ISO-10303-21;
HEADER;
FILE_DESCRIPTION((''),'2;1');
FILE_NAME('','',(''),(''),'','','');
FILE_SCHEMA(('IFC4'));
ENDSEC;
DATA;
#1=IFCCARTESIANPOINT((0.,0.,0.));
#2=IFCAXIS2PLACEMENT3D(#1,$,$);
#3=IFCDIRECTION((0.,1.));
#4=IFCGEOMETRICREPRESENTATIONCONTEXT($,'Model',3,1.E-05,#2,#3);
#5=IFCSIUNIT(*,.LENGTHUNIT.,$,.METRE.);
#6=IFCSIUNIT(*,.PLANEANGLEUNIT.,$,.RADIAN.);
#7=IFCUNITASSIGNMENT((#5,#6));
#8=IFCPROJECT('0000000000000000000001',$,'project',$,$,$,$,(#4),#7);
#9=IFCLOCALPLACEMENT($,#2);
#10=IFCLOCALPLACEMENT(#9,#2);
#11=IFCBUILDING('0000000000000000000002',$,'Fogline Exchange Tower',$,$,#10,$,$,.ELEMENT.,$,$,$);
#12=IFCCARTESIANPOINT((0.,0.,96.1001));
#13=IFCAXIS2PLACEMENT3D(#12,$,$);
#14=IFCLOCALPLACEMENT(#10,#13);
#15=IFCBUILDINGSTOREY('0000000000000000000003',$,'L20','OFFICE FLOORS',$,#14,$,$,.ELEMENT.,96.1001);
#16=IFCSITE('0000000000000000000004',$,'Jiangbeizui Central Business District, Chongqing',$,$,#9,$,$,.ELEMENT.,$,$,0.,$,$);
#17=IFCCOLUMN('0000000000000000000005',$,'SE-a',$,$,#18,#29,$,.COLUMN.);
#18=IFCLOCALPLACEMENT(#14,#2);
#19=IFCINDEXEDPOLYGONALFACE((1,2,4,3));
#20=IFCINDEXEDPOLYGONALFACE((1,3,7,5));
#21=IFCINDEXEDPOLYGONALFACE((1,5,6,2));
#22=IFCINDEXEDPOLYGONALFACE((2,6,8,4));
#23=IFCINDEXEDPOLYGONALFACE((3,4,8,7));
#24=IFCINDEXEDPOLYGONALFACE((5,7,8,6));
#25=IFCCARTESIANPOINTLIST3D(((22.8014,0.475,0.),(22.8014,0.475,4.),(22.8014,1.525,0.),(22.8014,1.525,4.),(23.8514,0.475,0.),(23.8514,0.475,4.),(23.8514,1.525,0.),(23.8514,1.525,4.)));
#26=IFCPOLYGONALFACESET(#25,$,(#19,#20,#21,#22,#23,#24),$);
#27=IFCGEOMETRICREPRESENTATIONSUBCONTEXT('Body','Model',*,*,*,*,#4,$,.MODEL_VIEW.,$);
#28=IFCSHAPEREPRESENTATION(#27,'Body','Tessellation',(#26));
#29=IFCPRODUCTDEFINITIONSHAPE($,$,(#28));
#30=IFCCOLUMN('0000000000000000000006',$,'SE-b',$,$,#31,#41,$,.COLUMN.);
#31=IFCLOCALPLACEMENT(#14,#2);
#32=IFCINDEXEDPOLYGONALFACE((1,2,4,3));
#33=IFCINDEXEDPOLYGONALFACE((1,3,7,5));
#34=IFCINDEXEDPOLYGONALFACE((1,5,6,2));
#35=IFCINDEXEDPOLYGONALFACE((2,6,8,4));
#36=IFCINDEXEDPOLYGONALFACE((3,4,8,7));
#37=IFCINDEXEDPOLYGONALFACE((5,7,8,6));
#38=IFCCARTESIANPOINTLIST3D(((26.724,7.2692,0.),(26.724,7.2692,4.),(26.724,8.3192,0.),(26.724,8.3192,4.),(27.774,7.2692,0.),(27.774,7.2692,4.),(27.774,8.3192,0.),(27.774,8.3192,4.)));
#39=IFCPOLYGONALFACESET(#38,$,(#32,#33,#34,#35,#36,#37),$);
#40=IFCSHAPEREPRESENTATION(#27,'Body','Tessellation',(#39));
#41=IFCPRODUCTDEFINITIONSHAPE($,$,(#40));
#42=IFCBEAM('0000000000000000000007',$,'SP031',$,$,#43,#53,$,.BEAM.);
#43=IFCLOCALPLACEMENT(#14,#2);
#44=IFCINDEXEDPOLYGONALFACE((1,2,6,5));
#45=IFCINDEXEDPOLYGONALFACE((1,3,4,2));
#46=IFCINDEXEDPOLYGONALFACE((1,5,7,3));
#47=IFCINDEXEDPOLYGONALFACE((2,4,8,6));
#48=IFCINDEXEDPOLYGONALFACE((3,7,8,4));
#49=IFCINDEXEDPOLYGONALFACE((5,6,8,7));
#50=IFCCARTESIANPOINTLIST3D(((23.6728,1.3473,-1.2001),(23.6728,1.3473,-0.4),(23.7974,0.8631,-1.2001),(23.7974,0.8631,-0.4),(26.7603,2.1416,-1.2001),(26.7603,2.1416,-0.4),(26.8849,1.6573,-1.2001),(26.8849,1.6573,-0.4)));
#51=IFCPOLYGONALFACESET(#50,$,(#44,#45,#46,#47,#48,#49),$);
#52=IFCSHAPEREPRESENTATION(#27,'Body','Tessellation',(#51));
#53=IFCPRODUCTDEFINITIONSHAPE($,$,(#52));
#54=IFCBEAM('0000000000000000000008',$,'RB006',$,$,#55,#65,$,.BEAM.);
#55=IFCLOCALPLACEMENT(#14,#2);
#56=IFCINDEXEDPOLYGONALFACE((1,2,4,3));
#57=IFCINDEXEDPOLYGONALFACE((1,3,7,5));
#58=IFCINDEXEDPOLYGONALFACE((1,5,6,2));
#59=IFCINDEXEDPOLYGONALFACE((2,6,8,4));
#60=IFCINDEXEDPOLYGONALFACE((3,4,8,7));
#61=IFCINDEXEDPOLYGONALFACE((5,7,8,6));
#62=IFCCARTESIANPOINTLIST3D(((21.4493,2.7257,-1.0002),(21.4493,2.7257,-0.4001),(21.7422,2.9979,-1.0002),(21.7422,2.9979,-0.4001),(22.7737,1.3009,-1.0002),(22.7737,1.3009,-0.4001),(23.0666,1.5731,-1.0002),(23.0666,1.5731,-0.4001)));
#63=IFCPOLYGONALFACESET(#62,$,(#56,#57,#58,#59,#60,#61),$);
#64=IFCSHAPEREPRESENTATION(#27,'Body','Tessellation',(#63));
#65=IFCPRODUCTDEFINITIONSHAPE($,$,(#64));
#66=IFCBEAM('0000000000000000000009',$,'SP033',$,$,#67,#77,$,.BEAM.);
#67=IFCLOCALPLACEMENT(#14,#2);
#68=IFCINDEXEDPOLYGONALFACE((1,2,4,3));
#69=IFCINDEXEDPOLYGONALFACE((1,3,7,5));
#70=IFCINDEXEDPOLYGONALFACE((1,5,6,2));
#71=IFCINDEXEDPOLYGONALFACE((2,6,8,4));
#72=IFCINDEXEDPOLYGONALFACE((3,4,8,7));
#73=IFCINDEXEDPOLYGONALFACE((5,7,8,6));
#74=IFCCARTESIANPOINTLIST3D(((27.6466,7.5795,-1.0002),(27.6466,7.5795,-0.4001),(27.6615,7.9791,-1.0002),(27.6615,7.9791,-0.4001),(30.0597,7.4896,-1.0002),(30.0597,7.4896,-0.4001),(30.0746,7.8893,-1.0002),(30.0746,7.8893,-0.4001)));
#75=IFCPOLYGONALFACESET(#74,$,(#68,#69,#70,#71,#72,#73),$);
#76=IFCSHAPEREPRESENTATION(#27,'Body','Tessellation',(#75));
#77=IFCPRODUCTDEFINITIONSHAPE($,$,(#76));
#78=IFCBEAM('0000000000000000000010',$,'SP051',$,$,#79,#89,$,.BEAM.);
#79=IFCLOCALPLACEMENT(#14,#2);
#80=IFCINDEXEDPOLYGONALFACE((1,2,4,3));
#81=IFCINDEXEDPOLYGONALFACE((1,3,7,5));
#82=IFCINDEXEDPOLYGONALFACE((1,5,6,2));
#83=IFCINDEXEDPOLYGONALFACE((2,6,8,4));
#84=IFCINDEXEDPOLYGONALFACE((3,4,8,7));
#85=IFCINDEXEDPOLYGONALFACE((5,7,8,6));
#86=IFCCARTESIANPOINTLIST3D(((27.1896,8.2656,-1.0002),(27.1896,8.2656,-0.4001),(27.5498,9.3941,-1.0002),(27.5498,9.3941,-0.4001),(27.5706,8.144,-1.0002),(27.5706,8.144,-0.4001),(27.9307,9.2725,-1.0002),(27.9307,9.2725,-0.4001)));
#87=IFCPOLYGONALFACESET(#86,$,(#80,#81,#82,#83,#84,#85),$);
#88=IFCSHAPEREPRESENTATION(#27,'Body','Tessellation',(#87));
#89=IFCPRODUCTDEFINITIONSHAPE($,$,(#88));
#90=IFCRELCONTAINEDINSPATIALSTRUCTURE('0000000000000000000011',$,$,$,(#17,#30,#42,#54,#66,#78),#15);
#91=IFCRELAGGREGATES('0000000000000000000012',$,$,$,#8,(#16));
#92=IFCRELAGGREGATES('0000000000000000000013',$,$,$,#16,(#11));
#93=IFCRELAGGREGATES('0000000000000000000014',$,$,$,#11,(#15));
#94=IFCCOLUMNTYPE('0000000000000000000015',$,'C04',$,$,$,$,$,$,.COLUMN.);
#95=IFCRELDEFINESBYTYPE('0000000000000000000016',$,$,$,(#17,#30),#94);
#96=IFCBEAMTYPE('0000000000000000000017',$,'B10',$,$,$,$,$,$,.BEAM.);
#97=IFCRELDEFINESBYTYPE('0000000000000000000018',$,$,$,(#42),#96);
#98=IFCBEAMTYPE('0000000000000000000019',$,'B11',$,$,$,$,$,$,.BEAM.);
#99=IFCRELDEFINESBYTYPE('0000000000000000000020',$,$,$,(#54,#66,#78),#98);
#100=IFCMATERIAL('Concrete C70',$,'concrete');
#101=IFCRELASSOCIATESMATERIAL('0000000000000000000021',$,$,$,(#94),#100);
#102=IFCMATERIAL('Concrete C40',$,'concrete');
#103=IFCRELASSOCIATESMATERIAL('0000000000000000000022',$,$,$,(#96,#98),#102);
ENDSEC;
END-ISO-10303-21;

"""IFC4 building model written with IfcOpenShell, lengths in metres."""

from ifc_helpers import new_model, si_unit, direction, frame, origin, origin_2d, place, context, subcontext, project, spatial, rectangle, extrude, material, material_profile, profile_set, type_object, element, save


model = new_model("IFC4")

# Units and contexts
model_context = context("Model", 3, precision=1e-05, world=origin(), true_north=direction((0.0, 1.0)))
body_context = subcontext(model_context, "Body", "Model", "MODEL_VIEW")
ifc_project = project(units=[si_unit("LENGTHUNIT", "METRE"), si_unit("PLANEANGLEUNIT", "RADIAN")], contexts=[model_context])

# Site, building, storey
site_placement = place(None, origin())
site = spatial("IfcSite", under=ifc_project, at=site_placement, Name="Jiangbeizui Central Business District, Chongqing", CompositionType="ELEMENT", RefElevation=0.0)
building_placement = place(site_placement, origin())
building = spatial("IfcBuilding", under=site, at=building_placement, Name="Fogline Exchange Tower", CompositionType="ELEMENT")
storey_placement = place(building_placement, frame((0.0, 0.0, 96.1001)))
storey = spatial("IfcBuildingStorey", under=building, at=storey_placement, Name="L20", Description="OFFICE FLOORS", CompositionType="ELEMENT", Elevation=96.1001)

# Columns
ifc_material_1 = material(Name="Concrete C70", Category="concrete")
ifc_material_profile_1 = material_profile(ifc_material_1, rectangle(XDim=1.05, YDim=1.05, at=origin_2d()), Name="RC 1050x1050")
ifc_profile_set_1 = profile_set([ifc_material_profile_1], Name="Concrete C70")
column_type = type_object("IfcColumnType", Name="C04", PredefinedType="COLUMN", material=ifc_profile_set_1)
for number, where, z_axis, x_axis, name in (
    (1, (23.3264, 1.0, 0.0), (0.0, 0.0, 1.0), (1.0, 0.0, 0.0), "SE-a"),
    (2, (27.249, 7.7942, 0.0), (0.0, 0.0, 1.0), (1.0, 0.0, 0.0), "SE-b"),
):
    element("IfcColumn", number, at=place(storey_placement, frame(where, z_axis=z_axis, x_axis=x_axis)), inside=storey, type_object=column_type, Name=name, PredefinedType="COLUMN", context=body_context, shape_type="SweptSolid", body=[
        extrude(rectangle(XDim=1.05, YDim=1.05, at=origin_2d()), origin(), (0.0, 0.0, 1.0), 4.0),
    ])

# Beams
ifc_material_2 = material(Name="Concrete C40", Category="concrete")
ifc_material_profile_2 = material_profile(ifc_material_2, rectangle(XDim=0.5, YDim=0.8, at=origin_2d()), Name="RC 500x800")
ifc_profile_set_2 = profile_set([ifc_material_profile_2], Name="Concrete C40")
beam_type_1 = type_object("IfcBeamType", Name="B10", PredefinedType="BEAM", material=ifc_profile_set_2)
beam_1_placement = place(storey_placement, frame((23.7351, 1.1052, -0.8), z_axis=(0.968471, 0.249125, 0.0), x_axis=(-0.249125, 0.968471, 0.0)))
element("IfcBeam", 3, at=beam_1_placement, inside=storey, type_object=beam_type_1, Name="SP031", PredefinedType="BEAM", context=body_context, shape_type="SweptSolid", body=[
    extrude(rectangle(XDim=0.5, YDim=0.8, at=origin_2d()), origin(), (0.0, 0.0, 1.0), 3.188),
])
ifc_material_profile_3 = material_profile(ifc_material_2, rectangle(XDim=0.3999, YDim=0.6001, at=origin_2d()), Name="RC 400x600")
ifc_profile_set_3 = profile_set([ifc_material_profile_3], Name="Concrete C40")
beam_type_2 = type_object("IfcBeamType", Name="B11", PredefinedType="BEAM", material=ifc_profile_set_3)
beam_2_placement = place(storey_placement, frame((22.9202, 1.437, -0.7002), z_axis=(-0.680846, 0.732427, 0.0), x_axis=(-0.732427, -0.680846, 0.0)))
element("IfcBeam", 4, at=beam_2_placement, inside=storey, type_object=beam_type_2, Name="RB006", PredefinedType="BEAM", context=body_context, shape_type="SweptSolid", body=[
    extrude(rectangle(XDim=0.3999, YDim=0.6001, at=origin_2d()), origin(), (0.0, 0.0, 1.0), 1.9453),
])
beam_3_placement = place(storey_placement, frame((27.6541, 7.7793, -0.7002), z_axis=(0.999308, -0.037206, 0.0), x_axis=(0.037206, 0.999308, 0.0)))
element("IfcBeam", 5, at=beam_3_placement, inside=storey, type_object=beam_type_2, Name="SP033", PredefinedType="BEAM", context=body_context, shape_type="SweptSolid", body=[
    extrude(rectangle(XDim=0.3999, YDim=0.6001, at=origin_2d()), origin(), (0.0, 0.0, 1.0), 2.4148),
])
beam_4_placement = place(storey_placement, frame((27.3801, 8.2048, -0.7002), z_axis=(0.30402, 0.952666, 0.0), x_axis=(-0.952666, 0.30402, 0.0)))
element("IfcBeam", 6, at=beam_4_placement, inside=storey, type_object=beam_type_2, Name="SP051", PredefinedType="BEAM", context=body_context, shape_type="SweptSolid", body=[
    extrude(rectangle(XDim=0.3999, YDim=0.6001, at=origin_2d()), origin(), (0.0, 0.0, 1.0), 1.1846),
])

save(model, "model.ifc")
